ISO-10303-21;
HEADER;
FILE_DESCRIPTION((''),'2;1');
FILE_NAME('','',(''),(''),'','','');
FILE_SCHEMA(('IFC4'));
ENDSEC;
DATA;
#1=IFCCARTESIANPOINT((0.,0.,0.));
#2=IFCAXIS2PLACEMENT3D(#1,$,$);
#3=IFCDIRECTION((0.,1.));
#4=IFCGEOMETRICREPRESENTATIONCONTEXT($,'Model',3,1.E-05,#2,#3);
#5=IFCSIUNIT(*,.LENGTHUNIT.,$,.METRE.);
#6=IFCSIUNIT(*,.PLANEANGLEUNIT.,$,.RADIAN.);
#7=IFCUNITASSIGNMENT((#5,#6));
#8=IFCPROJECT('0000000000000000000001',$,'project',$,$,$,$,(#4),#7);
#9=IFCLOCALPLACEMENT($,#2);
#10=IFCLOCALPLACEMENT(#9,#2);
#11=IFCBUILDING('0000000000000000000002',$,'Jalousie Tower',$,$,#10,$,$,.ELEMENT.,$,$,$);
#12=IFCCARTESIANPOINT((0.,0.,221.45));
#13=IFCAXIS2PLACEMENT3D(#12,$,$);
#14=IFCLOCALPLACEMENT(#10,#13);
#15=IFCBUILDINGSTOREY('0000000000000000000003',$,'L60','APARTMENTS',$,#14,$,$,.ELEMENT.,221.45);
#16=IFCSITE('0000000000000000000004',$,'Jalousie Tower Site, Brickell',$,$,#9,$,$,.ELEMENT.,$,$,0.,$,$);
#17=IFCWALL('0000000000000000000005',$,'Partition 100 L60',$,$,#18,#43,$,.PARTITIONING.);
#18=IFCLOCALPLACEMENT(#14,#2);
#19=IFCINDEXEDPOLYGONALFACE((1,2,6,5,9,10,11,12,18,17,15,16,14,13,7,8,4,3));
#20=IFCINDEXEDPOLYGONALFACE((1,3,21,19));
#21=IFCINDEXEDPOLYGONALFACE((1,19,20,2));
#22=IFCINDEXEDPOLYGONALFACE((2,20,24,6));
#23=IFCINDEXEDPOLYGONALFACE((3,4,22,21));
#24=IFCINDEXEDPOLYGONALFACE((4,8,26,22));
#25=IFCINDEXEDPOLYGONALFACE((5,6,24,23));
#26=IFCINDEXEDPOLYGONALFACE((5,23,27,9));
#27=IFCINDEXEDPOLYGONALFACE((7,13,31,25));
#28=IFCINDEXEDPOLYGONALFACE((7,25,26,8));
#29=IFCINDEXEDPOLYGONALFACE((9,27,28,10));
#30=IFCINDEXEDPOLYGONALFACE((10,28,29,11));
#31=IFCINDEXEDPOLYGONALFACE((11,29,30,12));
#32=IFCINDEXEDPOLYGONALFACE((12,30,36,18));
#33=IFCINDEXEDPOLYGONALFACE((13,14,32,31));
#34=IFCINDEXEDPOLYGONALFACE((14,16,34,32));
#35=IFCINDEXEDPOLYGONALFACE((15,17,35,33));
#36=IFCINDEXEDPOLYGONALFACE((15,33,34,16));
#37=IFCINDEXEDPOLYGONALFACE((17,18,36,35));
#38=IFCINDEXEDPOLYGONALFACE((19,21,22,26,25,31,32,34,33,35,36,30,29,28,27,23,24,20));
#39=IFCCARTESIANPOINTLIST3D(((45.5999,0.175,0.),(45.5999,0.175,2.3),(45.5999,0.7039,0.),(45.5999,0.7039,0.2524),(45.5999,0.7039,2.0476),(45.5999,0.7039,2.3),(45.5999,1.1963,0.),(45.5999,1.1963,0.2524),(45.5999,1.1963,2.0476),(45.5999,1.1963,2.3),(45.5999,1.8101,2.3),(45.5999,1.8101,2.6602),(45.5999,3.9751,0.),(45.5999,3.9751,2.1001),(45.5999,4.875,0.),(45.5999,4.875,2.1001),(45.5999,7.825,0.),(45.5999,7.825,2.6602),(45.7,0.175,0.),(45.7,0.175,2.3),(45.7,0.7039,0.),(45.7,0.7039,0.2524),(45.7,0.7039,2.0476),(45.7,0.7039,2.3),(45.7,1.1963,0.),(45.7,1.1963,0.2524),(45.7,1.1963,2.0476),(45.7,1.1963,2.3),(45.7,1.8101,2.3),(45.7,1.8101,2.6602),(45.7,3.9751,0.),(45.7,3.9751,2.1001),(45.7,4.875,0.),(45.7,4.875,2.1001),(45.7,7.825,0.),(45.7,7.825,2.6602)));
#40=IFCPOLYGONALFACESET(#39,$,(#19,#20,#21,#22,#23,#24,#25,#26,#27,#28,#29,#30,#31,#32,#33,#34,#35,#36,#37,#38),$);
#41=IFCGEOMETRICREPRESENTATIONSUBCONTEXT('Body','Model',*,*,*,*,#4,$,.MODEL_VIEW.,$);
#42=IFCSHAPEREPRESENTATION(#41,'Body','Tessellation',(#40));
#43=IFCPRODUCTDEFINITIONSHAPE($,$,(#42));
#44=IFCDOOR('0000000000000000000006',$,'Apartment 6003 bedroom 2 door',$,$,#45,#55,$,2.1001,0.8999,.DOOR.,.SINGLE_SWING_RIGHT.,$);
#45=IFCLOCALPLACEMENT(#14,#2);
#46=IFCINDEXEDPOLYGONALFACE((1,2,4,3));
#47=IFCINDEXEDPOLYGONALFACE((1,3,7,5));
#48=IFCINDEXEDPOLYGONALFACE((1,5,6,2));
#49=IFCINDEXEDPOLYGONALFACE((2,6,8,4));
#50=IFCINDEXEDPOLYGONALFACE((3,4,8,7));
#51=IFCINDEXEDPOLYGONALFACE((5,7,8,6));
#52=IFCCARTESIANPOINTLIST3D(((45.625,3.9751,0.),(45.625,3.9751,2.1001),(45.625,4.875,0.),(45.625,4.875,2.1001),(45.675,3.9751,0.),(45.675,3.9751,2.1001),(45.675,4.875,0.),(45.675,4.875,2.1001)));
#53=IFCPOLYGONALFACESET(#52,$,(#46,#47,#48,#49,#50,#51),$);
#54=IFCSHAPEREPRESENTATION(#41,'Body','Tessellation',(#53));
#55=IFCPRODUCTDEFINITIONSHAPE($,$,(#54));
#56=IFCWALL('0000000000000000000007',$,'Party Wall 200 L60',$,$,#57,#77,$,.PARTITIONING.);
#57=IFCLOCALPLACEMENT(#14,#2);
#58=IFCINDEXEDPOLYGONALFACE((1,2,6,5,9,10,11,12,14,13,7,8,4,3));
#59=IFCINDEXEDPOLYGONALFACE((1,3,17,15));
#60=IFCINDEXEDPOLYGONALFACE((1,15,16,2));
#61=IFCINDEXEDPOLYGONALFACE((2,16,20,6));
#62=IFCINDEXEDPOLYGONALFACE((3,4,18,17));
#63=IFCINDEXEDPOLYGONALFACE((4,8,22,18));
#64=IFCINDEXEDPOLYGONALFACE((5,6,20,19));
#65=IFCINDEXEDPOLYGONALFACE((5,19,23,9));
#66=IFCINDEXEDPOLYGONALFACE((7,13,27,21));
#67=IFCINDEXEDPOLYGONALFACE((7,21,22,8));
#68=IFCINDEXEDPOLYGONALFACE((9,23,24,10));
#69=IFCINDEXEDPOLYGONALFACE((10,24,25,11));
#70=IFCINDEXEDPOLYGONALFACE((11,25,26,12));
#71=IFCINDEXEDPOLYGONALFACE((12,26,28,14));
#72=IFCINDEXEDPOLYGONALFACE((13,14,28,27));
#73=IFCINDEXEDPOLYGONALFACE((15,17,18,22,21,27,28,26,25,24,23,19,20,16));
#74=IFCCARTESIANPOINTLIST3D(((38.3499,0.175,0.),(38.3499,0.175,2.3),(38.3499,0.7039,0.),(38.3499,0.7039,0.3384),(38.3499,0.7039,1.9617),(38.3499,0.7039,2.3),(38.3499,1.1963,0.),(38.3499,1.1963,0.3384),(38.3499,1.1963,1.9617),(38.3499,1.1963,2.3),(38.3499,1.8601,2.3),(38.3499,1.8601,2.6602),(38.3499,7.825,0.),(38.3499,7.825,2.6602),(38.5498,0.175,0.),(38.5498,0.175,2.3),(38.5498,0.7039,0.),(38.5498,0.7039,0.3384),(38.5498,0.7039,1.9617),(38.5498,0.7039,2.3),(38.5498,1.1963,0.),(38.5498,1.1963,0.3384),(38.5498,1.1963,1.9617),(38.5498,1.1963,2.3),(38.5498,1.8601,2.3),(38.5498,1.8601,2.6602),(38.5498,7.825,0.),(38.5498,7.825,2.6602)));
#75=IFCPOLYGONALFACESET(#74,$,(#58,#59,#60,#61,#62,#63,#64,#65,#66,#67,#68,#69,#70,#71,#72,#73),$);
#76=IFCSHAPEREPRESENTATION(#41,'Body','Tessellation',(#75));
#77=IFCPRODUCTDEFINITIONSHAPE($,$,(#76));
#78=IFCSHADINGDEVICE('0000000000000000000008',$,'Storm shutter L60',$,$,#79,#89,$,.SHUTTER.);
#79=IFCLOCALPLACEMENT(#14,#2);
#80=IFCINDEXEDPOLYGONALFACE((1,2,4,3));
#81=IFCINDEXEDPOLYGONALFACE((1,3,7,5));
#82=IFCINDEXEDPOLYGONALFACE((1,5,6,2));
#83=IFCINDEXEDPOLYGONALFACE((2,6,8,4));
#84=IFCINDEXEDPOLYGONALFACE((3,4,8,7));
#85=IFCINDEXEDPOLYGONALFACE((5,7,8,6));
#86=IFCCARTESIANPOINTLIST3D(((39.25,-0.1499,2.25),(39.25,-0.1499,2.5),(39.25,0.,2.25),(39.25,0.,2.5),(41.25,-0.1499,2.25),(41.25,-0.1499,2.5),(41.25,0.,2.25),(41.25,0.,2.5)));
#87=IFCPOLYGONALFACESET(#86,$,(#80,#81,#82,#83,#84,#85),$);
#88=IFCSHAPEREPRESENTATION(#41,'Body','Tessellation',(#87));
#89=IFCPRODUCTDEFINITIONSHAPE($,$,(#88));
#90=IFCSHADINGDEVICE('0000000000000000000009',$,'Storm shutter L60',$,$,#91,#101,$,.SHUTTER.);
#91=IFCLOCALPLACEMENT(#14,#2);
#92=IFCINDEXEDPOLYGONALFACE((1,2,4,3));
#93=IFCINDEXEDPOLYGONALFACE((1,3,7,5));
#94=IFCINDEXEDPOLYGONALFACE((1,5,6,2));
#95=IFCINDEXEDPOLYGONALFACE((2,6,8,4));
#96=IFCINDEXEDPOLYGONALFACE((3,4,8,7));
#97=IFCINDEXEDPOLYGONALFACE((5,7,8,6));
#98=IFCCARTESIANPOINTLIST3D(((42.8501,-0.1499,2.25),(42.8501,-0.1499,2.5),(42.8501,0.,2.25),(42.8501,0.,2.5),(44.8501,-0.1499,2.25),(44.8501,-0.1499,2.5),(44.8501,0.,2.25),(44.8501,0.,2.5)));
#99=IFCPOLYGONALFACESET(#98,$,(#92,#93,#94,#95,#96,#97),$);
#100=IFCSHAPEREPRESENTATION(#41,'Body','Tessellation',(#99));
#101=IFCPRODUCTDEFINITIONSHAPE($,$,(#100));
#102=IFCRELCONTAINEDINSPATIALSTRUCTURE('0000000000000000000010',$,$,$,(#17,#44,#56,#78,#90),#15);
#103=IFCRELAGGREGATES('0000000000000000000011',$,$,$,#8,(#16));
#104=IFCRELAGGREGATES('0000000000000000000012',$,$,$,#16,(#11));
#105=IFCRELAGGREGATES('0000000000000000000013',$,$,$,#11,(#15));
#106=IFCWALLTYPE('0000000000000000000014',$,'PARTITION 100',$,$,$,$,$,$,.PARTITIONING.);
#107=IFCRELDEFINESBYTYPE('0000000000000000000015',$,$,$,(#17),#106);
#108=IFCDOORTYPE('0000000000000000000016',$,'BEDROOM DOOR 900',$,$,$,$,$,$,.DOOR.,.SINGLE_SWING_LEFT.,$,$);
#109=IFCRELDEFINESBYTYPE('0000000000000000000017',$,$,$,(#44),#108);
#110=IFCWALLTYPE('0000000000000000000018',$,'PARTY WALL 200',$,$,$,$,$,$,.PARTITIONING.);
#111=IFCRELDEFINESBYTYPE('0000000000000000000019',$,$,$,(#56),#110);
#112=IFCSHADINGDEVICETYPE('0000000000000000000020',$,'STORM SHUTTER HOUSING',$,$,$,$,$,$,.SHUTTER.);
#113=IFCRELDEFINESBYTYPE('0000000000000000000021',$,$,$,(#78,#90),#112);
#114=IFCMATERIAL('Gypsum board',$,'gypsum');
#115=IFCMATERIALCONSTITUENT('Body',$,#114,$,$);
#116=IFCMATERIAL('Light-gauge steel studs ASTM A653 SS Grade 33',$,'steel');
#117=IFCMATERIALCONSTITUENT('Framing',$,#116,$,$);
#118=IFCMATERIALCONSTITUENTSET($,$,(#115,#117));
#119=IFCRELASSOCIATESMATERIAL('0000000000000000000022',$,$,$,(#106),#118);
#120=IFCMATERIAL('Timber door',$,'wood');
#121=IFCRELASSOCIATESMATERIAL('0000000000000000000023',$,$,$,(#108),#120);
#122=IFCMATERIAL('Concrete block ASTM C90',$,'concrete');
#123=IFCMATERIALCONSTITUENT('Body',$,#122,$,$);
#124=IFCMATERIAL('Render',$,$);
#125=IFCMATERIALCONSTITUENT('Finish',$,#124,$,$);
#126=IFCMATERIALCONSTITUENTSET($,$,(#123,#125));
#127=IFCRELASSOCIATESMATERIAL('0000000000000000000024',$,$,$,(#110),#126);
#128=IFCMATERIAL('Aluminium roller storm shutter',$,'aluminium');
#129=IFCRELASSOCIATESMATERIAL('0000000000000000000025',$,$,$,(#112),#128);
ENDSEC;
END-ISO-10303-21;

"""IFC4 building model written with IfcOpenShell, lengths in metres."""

from ifc_helpers import new_model, si_unit, direction, frame, frame_2d, origin, origin_2d, place, context, subcontext, project, spatial, polyline, rectangle, outline, extrude, material, constituent, constituent_set, type_object, element, fill, save


model = new_model("IFC4")

# Units and contexts
model_context = context("Model", 3, precision=1e-05, world=origin(), true_north=direction((0.0, 1.0)))
body_context = subcontext(model_context, "Body", "Model", "MODEL_VIEW")
ifc_project = project(units=[si_unit("LENGTHUNIT", "METRE"), si_unit("PLANEANGLEUNIT", "RADIAN")], contexts=[model_context])

# Site, building, storey
site_placement = place(None, origin())
site = spatial("IfcSite", under=ifc_project, at=site_placement, Name="Jalousie Tower Site, Brickell", CompositionType="ELEMENT", RefElevation=0.0)
building_placement = place(site_placement, origin())
building = spatial("IfcBuilding", under=site, at=building_placement, Name="Jalousie Tower", CompositionType="ELEMENT")
storey_placement = place(building_placement, frame((0.0, 0.0, 221.45)))
storey = spatial("IfcBuildingStorey", under=building, at=storey_placement, Name="L60", Description="APARTMENTS", CompositionType="ELEMENT", Elevation=221.45)

# Wall, opening, door
ifc_material_1 = material(Name="Gypsum board", Category="gypsum")
ifc_constituent_1 = constituent(ifc_material_1, Name="Body")
ifc_material_2 = material(Name="Light-gauge steel studs ASTM A653 SS Grade 33", Category="steel")
ifc_constituent_2 = constituent(ifc_material_2, Name="Framing")
ifc_constituent_set_1 = constituent_set(constituents=[ifc_constituent_1, ifc_constituent_2])
wall_type_1 = type_object("IfcWallType", Name="PARTITION 100", PredefinedType="PARTITIONING", material=ifc_constituent_set_1)
ifc_material_3 = material(Name="Timber door", Category="wood")
door_type = type_object("IfcDoorType", Name="BEDROOM DOOR 900", OperationType="SINGLE_SWING_LEFT", PredefinedType="DOOR", material=ifc_material_3)
wall_1_placement = place(storey_placement, frame((45.6499, 0.175, 0.0), z_axis=(0.0, 0.0, 1.0), x_axis=(0.0, 1.0, 0.0)))
wall_1 = element("IfcWall", 1, at=wall_1_placement, inside=storey, type_object=wall_type_1, Name="Partition 100 L60", PredefinedType="PARTITIONING", context=body_context, shape_type="SweptSolid", body=[
    extrude(outline(polyline([(0.5288, 2.3), (0.0, 2.3), (0.0, 0.0), (0.5288, 0.0), (0.5288, 0.2524), (1.0212, 0.2524), (1.0212, 0.0), (7.6499, 0.0), (7.6499, 2.6602), (1.635, 2.6602), (1.635, 2.3), (1.0212, 2.3), (1.0212, 2.0476), (0.5288, 2.0476), (0.5288, 2.3)])), frame((0.0, 0.05, 0.0), z_axis=(0.0, -1.0, 0.0), x_axis=(1.0, 0.0, 0.0)), (0.0, 0.0, 1.0), 0.1001),
])
opening_1_placement = place(wall_1_placement, frame((3.8, 0.0, 0.0)))
opening_1 = element("IfcOpeningElement", 2, at=opening_1_placement, cuts=wall_1, PredefinedType="OPENING", context=body_context, shape_type="SweptSolid", body=[
    extrude(rectangle(XDim=0.8999, YDim=2.1001, at=frame_2d((0.45, 1.05))), frame((0.0, 0.0601, 0.0), z_axis=(0.0, -1.0, 0.0), x_axis=(1.0, 0.0, 0.0)), (0.0, 0.0, 1.0), 0.1201),
])
door_1_placement = place(opening_1_placement, origin())
door_1 = element("IfcDoor", 3, at=door_1_placement, inside=storey, type_object=door_type, Name="Apartment 6003 bedroom 2 door", OperationType="SINGLE_SWING_RIGHT", OverallHeight=2.1001, OverallWidth=0.8999, PredefinedType="DOOR", context=body_context, shape_type="SweptSolid", body=[
    extrude(rectangle(XDim=0.8999, YDim=2.1001, at=frame_2d((0.45, 1.05))), frame((0.0, 0.0249, 0.0), z_axis=(0.0, -1.0, 0.0), x_axis=(1.0, 0.0, 0.0)), (0.0, 0.0, 1.0), 0.05),
])
fill(opening_1, door_1)

# Wall
ifc_material_4 = material(Name="Concrete block ASTM C90", Category="concrete")
ifc_constituent_3 = constituent(ifc_material_4, Name="Body")
ifc_material_5 = material(Name="Render")
ifc_constituent_4 = constituent(ifc_material_5, Name="Finish")
ifc_constituent_set_2 = constituent_set(constituents=[ifc_constituent_3, ifc_constituent_4])
wall_type_2 = type_object("IfcWallType", Name="PARTY WALL 200", PredefinedType="PARTITIONING", material=ifc_constituent_set_2)
wall_2_placement = place(storey_placement, frame((38.45, 0.175, 0.0), z_axis=(0.0, 0.0, 1.0), x_axis=(0.0, 1.0, 0.0)))
element("IfcWall", 4, at=wall_2_placement, inside=storey, type_object=wall_type_2, Name="Party Wall 200 L60", PredefinedType="PARTITIONING", context=body_context, shape_type="SweptSolid", body=[
    extrude(outline(polyline([(0.5288, 2.3), (0.0, 2.3), (0.0, 0.0), (0.5288, 0.0), (0.5288, 0.3384), (1.0212, 0.3384), (1.0212, 0.0), (7.6499, 0.0), (7.6499, 2.6602), (1.6851, 2.6602), (1.6851, 2.3), (1.0212, 2.3), (1.0212, 1.9617), (0.5288, 1.9617), (0.5288, 2.3)])), frame((0.0, 0.1001, 0.0), z_axis=(0.0, -1.0, 0.0), x_axis=(1.0, 0.0, 0.0)), (0.0, 0.0, 1.0), 0.2),
])

# Shading devices
ifc_material_6 = material(Name="Aluminium roller storm shutter", Category="aluminium")
shading_device_type = type_object("IfcShadingDeviceType", Name="STORM SHUTTER HOUSING", PredefinedType="SHUTTER", material=ifc_material_6)
for number, where, z_axis, x_axis, name in (
    (5, (40.25, -0.075, 2.25), (0.0, 0.0, 1.0), (1.0, 0.0, 0.0), "Storm shutter L60"),
    (6, (43.8501, -0.075, 2.25), (0.0, 0.0, 1.0), (1.0, 0.0, 0.0), "Storm shutter L60"),
):
    element("IfcShadingDevice", number, at=place(storey_placement, frame(where, z_axis=z_axis, x_axis=x_axis)), inside=storey, type_object=shading_device_type, Name=name, PredefinedType="SHUTTER", context=body_context, shape_type="SweptSolid", body=[
        extrude(rectangle(XDim=2.0, YDim=0.1499, at=origin_2d()), origin(), (0.0, 0.0, 1.0), 0.25),
    ])

save(model, "model.ifc")
